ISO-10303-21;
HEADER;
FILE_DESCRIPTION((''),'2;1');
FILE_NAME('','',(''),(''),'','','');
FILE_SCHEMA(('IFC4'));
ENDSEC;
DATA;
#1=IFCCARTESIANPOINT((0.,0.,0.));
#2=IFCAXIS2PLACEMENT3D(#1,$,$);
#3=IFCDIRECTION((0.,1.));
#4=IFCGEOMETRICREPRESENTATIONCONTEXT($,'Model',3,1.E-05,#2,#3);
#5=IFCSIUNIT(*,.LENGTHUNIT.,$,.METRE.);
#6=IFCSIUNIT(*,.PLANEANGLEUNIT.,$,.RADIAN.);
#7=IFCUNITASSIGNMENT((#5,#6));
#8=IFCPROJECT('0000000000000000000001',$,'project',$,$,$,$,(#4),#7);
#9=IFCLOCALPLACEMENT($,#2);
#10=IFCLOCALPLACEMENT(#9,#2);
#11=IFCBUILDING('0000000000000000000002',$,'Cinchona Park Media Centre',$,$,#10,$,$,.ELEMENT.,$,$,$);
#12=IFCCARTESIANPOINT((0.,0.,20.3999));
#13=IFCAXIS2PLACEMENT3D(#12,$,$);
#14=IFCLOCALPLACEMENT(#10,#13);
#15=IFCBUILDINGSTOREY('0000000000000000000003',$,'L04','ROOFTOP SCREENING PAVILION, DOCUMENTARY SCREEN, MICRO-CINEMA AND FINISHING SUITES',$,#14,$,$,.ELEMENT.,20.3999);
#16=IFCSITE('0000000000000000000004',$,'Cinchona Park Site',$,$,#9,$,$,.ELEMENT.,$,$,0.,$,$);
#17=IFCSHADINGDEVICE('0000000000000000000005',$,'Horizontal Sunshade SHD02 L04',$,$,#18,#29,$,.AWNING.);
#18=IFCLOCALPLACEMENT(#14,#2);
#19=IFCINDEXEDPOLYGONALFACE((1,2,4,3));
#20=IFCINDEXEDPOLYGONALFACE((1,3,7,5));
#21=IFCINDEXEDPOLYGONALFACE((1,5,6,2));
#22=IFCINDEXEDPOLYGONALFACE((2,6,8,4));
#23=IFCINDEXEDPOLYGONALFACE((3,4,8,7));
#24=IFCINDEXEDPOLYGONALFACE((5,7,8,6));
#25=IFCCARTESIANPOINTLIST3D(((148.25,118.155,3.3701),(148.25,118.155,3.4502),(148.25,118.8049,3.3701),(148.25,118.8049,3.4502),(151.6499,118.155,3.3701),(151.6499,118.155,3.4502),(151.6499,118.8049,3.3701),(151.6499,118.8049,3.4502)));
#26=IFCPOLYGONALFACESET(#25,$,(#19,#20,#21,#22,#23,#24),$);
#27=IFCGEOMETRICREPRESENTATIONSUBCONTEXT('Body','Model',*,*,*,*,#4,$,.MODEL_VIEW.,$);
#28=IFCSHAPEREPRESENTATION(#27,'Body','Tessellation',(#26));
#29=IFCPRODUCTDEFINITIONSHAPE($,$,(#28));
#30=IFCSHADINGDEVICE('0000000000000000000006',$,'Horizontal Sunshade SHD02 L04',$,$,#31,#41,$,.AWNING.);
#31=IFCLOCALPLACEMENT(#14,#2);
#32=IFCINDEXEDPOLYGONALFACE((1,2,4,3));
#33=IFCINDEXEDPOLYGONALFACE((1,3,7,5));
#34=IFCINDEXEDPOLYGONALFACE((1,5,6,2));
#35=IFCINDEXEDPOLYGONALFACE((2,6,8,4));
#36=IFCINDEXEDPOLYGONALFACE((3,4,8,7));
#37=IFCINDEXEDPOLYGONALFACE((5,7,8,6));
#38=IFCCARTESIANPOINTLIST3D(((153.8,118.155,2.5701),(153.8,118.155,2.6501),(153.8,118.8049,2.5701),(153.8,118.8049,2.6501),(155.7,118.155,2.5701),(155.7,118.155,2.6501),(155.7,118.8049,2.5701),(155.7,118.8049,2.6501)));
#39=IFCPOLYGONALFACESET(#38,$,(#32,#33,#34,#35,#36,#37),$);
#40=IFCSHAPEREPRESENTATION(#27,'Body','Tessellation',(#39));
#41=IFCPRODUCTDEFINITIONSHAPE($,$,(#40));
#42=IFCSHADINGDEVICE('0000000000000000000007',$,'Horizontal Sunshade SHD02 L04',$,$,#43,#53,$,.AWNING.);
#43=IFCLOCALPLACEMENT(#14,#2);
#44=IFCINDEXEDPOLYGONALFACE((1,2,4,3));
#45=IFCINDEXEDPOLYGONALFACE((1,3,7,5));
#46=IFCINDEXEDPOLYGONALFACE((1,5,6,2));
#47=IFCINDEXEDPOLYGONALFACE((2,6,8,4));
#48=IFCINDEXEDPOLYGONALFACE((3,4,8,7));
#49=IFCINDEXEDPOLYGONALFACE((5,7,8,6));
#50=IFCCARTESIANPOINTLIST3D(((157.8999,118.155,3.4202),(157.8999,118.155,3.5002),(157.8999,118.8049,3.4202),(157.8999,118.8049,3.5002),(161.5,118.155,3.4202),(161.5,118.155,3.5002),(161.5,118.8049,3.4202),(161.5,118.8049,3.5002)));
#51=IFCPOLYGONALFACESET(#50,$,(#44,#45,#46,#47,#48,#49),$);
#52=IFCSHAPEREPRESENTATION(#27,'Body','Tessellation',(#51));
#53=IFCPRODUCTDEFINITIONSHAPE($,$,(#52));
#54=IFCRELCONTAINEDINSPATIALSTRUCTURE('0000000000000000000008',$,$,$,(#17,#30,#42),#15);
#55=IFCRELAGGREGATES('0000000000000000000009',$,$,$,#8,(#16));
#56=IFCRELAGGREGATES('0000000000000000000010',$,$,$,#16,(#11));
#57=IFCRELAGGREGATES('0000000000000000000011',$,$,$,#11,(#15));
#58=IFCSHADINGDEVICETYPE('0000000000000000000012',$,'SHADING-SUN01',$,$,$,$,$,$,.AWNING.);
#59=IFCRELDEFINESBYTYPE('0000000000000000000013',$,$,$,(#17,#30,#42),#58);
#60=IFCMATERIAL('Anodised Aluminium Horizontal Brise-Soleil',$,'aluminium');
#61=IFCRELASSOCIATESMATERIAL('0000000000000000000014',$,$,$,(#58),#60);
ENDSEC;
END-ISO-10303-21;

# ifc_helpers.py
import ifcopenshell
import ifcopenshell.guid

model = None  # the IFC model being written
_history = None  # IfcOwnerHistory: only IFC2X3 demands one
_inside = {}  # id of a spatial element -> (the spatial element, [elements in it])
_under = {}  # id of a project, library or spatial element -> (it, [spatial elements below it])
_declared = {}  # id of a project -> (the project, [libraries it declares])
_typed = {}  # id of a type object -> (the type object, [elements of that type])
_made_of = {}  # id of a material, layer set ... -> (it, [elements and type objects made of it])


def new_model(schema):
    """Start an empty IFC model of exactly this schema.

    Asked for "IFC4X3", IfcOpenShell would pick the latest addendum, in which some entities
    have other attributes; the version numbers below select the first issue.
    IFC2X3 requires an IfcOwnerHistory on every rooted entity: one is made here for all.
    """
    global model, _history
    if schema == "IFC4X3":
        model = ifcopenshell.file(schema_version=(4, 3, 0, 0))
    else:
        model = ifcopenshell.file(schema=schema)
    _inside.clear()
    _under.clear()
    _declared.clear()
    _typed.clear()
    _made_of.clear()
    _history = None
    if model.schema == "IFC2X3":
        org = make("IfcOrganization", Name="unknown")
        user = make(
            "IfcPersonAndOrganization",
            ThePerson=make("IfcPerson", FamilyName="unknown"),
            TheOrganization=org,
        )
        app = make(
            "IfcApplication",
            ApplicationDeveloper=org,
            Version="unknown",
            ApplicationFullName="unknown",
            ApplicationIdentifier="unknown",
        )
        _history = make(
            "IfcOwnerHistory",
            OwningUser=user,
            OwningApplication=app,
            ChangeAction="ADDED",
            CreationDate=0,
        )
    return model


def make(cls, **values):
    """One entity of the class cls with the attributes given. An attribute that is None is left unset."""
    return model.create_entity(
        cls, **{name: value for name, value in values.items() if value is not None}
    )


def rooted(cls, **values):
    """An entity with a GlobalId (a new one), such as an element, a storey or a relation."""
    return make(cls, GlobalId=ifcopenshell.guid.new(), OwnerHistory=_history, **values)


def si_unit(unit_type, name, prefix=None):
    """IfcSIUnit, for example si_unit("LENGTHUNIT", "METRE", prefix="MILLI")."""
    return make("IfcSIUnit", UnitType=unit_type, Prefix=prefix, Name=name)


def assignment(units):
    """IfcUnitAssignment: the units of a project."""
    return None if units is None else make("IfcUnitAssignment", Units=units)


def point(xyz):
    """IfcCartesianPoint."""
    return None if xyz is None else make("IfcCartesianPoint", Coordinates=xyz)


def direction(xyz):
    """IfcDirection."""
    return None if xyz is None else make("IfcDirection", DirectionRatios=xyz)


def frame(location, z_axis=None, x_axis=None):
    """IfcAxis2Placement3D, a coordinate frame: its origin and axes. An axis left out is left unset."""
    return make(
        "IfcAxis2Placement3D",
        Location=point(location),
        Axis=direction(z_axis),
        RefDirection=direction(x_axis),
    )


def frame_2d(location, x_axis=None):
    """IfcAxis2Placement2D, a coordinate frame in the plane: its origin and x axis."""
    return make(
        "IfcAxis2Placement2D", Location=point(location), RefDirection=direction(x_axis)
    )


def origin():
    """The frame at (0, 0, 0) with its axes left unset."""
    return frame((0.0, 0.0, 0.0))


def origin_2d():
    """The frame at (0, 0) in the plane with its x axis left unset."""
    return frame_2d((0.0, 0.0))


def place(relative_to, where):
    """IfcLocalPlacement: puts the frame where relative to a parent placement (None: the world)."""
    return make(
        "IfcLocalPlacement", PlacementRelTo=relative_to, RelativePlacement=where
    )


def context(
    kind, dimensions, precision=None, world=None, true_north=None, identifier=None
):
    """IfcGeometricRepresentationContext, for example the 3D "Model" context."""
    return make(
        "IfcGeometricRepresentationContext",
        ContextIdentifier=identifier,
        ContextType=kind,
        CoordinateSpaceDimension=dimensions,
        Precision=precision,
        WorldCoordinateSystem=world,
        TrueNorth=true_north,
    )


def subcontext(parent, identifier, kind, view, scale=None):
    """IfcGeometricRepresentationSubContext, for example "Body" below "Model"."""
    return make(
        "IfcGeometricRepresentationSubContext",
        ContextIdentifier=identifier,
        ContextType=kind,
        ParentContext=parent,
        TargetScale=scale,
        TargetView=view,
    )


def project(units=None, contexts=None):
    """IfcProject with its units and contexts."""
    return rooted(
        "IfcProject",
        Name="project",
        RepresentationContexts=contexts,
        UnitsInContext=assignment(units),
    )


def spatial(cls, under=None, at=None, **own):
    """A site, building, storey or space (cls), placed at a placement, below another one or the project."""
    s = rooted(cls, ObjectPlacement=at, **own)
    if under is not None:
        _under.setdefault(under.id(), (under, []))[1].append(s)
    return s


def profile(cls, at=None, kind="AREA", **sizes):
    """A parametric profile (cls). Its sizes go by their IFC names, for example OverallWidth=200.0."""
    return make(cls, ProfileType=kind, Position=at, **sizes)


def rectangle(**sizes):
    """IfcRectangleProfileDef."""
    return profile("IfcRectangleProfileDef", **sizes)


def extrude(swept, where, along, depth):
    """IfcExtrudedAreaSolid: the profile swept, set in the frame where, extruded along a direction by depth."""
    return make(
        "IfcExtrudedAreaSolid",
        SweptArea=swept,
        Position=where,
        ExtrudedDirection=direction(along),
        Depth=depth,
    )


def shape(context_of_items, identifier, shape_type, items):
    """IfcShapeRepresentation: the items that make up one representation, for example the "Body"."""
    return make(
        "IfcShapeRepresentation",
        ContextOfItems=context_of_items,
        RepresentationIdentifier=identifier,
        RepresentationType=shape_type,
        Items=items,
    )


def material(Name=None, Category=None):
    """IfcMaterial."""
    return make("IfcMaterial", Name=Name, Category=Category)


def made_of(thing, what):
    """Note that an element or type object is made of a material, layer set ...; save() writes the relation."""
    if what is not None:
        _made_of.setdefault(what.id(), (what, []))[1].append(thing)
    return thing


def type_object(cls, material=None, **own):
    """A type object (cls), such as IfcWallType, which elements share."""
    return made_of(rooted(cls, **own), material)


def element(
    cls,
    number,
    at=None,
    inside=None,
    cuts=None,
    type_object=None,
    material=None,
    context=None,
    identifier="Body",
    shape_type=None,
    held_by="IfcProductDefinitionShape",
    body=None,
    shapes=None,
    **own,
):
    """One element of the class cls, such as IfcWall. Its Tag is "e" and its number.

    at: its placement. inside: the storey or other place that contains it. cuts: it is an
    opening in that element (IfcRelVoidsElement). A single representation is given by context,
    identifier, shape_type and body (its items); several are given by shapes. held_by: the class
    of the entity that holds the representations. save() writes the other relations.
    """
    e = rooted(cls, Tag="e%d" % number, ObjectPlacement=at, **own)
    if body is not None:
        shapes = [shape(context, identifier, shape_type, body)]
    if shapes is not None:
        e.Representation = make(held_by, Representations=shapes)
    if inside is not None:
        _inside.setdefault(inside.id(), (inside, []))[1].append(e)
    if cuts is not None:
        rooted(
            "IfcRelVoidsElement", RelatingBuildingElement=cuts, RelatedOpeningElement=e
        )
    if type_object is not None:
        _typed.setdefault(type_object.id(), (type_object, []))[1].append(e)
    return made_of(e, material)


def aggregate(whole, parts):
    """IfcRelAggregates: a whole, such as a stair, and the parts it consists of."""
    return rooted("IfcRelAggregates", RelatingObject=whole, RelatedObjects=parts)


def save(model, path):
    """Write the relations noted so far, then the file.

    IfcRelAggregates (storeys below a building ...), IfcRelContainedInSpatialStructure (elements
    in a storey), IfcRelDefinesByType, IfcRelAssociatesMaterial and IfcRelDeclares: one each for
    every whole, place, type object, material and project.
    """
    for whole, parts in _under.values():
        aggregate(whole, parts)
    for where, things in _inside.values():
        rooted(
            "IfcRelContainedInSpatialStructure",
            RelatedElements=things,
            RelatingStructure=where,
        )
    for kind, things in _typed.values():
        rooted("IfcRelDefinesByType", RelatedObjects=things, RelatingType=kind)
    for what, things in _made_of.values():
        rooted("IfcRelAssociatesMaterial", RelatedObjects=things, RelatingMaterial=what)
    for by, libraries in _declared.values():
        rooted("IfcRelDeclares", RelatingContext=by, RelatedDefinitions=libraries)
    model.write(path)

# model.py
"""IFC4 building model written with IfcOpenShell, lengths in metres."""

from ifc_helpers import new_model, si_unit, direction, frame, origin, origin_2d, place, context, subcontext, project, spatial, rectangle, extrude, material, type_object, element, save


model = new_model("IFC4")

# Units and contexts
model_context = context("Model", 3, precision=1e-05, world=origin(), true_north=direction((0.0, 1.0)))
body_context = subcontext(model_context, "Body", "Model", "MODEL_VIEW")
ifc_project = project(units=[si_unit("LENGTHUNIT", "METRE"), si_unit("PLANEANGLEUNIT", "RADIAN")], contexts=[model_context])

# Site, building, storey
site_placement = place(None, origin())
site = spatial("IfcSite", under=ifc_project, at=site_placement, Name="Cinchona Park Site", CompositionType="ELEMENT", RefElevation=0.0)
building_placement = place(site_placement, origin())
building = spatial("IfcBuilding", under=site, at=building_placement, Name="Cinchona Park Media Centre", CompositionType="ELEMENT")
storey_placement = place(building_placement, frame((0.0, 0.0, 20.3999)))
storey = spatial("IfcBuildingStorey", under=building, at=storey_placement, Name="L04", Description="ROOFTOP SCREENING PAVILION, DOCUMENTARY SCREEN, MICRO-CINEMA AND FINISHING SUITES", CompositionType="ELEMENT", Elevation=20.3999)

# Shading devices
ifc_material_1 = material(Name="Anodised Aluminium Horizontal Brise-Soleil", Category="aluminium")
shading_device_type = type_object("IfcShadingDeviceType", Name="SHADING-SUN01", PredefinedType="AWNING", material=ifc_material_1)
shading_device_1_placement = place(storey_placement, frame((149.95, 118.48, 3.3701), z_axis=(0.0, 0.0, 1.0), x_axis=(1.0, 0.0, 0.0)))
element("IfcShadingDevice", 1, at=shading_device_1_placement, inside=storey, type_object=shading_device_type, Name="Horizontal Sunshade SHD02 L04", PredefinedType="AWNING", context=body_context, shape_type="SweptSolid", body=[
    extrude(rectangle(XDim=3.3999, YDim=0.6499, at=origin_2d()), origin(), (0.0, 0.0, 1.0), 0.0801),
])
shading_device_2_placement = place(storey_placement, frame((154.75, 118.48, 2.5701), z_axis=(0.0, 0.0, 1.0), x_axis=(1.0, 0.0, 0.0)))
element("IfcShadingDevice", 2, at=shading_device_2_placement, inside=storey, type_object=shading_device_type, Name="Horizontal Sunshade SHD02 L04", PredefinedType="AWNING", context=body_context, shape_type="SweptSolid", body=[
    extrude(rectangle(XDim=1.8999, YDim=0.6499, at=origin_2d()), origin(), (0.0, 0.0, 1.0), 0.0801),
])
shading_device_3_placement = place(storey_placement, frame((159.7, 118.48, 3.4202), z_axis=(0.0, 0.0, 1.0), x_axis=(1.0, 0.0, 0.0)))
element("IfcShadingDevice", 3, at=shading_device_3_placement, inside=storey, type_object=shading_device_type, Name="Horizontal Sunshade SHD02 L04", PredefinedType="AWNING", context=body_context, shape_type="SweptSolid", body=[
    extrude(rectangle(XDim=3.6001, YDim=0.6499, at=origin_2d()), origin(), (0.0, 0.0, 1.0), 0.0801),
])

save(model, "model.ifc")
